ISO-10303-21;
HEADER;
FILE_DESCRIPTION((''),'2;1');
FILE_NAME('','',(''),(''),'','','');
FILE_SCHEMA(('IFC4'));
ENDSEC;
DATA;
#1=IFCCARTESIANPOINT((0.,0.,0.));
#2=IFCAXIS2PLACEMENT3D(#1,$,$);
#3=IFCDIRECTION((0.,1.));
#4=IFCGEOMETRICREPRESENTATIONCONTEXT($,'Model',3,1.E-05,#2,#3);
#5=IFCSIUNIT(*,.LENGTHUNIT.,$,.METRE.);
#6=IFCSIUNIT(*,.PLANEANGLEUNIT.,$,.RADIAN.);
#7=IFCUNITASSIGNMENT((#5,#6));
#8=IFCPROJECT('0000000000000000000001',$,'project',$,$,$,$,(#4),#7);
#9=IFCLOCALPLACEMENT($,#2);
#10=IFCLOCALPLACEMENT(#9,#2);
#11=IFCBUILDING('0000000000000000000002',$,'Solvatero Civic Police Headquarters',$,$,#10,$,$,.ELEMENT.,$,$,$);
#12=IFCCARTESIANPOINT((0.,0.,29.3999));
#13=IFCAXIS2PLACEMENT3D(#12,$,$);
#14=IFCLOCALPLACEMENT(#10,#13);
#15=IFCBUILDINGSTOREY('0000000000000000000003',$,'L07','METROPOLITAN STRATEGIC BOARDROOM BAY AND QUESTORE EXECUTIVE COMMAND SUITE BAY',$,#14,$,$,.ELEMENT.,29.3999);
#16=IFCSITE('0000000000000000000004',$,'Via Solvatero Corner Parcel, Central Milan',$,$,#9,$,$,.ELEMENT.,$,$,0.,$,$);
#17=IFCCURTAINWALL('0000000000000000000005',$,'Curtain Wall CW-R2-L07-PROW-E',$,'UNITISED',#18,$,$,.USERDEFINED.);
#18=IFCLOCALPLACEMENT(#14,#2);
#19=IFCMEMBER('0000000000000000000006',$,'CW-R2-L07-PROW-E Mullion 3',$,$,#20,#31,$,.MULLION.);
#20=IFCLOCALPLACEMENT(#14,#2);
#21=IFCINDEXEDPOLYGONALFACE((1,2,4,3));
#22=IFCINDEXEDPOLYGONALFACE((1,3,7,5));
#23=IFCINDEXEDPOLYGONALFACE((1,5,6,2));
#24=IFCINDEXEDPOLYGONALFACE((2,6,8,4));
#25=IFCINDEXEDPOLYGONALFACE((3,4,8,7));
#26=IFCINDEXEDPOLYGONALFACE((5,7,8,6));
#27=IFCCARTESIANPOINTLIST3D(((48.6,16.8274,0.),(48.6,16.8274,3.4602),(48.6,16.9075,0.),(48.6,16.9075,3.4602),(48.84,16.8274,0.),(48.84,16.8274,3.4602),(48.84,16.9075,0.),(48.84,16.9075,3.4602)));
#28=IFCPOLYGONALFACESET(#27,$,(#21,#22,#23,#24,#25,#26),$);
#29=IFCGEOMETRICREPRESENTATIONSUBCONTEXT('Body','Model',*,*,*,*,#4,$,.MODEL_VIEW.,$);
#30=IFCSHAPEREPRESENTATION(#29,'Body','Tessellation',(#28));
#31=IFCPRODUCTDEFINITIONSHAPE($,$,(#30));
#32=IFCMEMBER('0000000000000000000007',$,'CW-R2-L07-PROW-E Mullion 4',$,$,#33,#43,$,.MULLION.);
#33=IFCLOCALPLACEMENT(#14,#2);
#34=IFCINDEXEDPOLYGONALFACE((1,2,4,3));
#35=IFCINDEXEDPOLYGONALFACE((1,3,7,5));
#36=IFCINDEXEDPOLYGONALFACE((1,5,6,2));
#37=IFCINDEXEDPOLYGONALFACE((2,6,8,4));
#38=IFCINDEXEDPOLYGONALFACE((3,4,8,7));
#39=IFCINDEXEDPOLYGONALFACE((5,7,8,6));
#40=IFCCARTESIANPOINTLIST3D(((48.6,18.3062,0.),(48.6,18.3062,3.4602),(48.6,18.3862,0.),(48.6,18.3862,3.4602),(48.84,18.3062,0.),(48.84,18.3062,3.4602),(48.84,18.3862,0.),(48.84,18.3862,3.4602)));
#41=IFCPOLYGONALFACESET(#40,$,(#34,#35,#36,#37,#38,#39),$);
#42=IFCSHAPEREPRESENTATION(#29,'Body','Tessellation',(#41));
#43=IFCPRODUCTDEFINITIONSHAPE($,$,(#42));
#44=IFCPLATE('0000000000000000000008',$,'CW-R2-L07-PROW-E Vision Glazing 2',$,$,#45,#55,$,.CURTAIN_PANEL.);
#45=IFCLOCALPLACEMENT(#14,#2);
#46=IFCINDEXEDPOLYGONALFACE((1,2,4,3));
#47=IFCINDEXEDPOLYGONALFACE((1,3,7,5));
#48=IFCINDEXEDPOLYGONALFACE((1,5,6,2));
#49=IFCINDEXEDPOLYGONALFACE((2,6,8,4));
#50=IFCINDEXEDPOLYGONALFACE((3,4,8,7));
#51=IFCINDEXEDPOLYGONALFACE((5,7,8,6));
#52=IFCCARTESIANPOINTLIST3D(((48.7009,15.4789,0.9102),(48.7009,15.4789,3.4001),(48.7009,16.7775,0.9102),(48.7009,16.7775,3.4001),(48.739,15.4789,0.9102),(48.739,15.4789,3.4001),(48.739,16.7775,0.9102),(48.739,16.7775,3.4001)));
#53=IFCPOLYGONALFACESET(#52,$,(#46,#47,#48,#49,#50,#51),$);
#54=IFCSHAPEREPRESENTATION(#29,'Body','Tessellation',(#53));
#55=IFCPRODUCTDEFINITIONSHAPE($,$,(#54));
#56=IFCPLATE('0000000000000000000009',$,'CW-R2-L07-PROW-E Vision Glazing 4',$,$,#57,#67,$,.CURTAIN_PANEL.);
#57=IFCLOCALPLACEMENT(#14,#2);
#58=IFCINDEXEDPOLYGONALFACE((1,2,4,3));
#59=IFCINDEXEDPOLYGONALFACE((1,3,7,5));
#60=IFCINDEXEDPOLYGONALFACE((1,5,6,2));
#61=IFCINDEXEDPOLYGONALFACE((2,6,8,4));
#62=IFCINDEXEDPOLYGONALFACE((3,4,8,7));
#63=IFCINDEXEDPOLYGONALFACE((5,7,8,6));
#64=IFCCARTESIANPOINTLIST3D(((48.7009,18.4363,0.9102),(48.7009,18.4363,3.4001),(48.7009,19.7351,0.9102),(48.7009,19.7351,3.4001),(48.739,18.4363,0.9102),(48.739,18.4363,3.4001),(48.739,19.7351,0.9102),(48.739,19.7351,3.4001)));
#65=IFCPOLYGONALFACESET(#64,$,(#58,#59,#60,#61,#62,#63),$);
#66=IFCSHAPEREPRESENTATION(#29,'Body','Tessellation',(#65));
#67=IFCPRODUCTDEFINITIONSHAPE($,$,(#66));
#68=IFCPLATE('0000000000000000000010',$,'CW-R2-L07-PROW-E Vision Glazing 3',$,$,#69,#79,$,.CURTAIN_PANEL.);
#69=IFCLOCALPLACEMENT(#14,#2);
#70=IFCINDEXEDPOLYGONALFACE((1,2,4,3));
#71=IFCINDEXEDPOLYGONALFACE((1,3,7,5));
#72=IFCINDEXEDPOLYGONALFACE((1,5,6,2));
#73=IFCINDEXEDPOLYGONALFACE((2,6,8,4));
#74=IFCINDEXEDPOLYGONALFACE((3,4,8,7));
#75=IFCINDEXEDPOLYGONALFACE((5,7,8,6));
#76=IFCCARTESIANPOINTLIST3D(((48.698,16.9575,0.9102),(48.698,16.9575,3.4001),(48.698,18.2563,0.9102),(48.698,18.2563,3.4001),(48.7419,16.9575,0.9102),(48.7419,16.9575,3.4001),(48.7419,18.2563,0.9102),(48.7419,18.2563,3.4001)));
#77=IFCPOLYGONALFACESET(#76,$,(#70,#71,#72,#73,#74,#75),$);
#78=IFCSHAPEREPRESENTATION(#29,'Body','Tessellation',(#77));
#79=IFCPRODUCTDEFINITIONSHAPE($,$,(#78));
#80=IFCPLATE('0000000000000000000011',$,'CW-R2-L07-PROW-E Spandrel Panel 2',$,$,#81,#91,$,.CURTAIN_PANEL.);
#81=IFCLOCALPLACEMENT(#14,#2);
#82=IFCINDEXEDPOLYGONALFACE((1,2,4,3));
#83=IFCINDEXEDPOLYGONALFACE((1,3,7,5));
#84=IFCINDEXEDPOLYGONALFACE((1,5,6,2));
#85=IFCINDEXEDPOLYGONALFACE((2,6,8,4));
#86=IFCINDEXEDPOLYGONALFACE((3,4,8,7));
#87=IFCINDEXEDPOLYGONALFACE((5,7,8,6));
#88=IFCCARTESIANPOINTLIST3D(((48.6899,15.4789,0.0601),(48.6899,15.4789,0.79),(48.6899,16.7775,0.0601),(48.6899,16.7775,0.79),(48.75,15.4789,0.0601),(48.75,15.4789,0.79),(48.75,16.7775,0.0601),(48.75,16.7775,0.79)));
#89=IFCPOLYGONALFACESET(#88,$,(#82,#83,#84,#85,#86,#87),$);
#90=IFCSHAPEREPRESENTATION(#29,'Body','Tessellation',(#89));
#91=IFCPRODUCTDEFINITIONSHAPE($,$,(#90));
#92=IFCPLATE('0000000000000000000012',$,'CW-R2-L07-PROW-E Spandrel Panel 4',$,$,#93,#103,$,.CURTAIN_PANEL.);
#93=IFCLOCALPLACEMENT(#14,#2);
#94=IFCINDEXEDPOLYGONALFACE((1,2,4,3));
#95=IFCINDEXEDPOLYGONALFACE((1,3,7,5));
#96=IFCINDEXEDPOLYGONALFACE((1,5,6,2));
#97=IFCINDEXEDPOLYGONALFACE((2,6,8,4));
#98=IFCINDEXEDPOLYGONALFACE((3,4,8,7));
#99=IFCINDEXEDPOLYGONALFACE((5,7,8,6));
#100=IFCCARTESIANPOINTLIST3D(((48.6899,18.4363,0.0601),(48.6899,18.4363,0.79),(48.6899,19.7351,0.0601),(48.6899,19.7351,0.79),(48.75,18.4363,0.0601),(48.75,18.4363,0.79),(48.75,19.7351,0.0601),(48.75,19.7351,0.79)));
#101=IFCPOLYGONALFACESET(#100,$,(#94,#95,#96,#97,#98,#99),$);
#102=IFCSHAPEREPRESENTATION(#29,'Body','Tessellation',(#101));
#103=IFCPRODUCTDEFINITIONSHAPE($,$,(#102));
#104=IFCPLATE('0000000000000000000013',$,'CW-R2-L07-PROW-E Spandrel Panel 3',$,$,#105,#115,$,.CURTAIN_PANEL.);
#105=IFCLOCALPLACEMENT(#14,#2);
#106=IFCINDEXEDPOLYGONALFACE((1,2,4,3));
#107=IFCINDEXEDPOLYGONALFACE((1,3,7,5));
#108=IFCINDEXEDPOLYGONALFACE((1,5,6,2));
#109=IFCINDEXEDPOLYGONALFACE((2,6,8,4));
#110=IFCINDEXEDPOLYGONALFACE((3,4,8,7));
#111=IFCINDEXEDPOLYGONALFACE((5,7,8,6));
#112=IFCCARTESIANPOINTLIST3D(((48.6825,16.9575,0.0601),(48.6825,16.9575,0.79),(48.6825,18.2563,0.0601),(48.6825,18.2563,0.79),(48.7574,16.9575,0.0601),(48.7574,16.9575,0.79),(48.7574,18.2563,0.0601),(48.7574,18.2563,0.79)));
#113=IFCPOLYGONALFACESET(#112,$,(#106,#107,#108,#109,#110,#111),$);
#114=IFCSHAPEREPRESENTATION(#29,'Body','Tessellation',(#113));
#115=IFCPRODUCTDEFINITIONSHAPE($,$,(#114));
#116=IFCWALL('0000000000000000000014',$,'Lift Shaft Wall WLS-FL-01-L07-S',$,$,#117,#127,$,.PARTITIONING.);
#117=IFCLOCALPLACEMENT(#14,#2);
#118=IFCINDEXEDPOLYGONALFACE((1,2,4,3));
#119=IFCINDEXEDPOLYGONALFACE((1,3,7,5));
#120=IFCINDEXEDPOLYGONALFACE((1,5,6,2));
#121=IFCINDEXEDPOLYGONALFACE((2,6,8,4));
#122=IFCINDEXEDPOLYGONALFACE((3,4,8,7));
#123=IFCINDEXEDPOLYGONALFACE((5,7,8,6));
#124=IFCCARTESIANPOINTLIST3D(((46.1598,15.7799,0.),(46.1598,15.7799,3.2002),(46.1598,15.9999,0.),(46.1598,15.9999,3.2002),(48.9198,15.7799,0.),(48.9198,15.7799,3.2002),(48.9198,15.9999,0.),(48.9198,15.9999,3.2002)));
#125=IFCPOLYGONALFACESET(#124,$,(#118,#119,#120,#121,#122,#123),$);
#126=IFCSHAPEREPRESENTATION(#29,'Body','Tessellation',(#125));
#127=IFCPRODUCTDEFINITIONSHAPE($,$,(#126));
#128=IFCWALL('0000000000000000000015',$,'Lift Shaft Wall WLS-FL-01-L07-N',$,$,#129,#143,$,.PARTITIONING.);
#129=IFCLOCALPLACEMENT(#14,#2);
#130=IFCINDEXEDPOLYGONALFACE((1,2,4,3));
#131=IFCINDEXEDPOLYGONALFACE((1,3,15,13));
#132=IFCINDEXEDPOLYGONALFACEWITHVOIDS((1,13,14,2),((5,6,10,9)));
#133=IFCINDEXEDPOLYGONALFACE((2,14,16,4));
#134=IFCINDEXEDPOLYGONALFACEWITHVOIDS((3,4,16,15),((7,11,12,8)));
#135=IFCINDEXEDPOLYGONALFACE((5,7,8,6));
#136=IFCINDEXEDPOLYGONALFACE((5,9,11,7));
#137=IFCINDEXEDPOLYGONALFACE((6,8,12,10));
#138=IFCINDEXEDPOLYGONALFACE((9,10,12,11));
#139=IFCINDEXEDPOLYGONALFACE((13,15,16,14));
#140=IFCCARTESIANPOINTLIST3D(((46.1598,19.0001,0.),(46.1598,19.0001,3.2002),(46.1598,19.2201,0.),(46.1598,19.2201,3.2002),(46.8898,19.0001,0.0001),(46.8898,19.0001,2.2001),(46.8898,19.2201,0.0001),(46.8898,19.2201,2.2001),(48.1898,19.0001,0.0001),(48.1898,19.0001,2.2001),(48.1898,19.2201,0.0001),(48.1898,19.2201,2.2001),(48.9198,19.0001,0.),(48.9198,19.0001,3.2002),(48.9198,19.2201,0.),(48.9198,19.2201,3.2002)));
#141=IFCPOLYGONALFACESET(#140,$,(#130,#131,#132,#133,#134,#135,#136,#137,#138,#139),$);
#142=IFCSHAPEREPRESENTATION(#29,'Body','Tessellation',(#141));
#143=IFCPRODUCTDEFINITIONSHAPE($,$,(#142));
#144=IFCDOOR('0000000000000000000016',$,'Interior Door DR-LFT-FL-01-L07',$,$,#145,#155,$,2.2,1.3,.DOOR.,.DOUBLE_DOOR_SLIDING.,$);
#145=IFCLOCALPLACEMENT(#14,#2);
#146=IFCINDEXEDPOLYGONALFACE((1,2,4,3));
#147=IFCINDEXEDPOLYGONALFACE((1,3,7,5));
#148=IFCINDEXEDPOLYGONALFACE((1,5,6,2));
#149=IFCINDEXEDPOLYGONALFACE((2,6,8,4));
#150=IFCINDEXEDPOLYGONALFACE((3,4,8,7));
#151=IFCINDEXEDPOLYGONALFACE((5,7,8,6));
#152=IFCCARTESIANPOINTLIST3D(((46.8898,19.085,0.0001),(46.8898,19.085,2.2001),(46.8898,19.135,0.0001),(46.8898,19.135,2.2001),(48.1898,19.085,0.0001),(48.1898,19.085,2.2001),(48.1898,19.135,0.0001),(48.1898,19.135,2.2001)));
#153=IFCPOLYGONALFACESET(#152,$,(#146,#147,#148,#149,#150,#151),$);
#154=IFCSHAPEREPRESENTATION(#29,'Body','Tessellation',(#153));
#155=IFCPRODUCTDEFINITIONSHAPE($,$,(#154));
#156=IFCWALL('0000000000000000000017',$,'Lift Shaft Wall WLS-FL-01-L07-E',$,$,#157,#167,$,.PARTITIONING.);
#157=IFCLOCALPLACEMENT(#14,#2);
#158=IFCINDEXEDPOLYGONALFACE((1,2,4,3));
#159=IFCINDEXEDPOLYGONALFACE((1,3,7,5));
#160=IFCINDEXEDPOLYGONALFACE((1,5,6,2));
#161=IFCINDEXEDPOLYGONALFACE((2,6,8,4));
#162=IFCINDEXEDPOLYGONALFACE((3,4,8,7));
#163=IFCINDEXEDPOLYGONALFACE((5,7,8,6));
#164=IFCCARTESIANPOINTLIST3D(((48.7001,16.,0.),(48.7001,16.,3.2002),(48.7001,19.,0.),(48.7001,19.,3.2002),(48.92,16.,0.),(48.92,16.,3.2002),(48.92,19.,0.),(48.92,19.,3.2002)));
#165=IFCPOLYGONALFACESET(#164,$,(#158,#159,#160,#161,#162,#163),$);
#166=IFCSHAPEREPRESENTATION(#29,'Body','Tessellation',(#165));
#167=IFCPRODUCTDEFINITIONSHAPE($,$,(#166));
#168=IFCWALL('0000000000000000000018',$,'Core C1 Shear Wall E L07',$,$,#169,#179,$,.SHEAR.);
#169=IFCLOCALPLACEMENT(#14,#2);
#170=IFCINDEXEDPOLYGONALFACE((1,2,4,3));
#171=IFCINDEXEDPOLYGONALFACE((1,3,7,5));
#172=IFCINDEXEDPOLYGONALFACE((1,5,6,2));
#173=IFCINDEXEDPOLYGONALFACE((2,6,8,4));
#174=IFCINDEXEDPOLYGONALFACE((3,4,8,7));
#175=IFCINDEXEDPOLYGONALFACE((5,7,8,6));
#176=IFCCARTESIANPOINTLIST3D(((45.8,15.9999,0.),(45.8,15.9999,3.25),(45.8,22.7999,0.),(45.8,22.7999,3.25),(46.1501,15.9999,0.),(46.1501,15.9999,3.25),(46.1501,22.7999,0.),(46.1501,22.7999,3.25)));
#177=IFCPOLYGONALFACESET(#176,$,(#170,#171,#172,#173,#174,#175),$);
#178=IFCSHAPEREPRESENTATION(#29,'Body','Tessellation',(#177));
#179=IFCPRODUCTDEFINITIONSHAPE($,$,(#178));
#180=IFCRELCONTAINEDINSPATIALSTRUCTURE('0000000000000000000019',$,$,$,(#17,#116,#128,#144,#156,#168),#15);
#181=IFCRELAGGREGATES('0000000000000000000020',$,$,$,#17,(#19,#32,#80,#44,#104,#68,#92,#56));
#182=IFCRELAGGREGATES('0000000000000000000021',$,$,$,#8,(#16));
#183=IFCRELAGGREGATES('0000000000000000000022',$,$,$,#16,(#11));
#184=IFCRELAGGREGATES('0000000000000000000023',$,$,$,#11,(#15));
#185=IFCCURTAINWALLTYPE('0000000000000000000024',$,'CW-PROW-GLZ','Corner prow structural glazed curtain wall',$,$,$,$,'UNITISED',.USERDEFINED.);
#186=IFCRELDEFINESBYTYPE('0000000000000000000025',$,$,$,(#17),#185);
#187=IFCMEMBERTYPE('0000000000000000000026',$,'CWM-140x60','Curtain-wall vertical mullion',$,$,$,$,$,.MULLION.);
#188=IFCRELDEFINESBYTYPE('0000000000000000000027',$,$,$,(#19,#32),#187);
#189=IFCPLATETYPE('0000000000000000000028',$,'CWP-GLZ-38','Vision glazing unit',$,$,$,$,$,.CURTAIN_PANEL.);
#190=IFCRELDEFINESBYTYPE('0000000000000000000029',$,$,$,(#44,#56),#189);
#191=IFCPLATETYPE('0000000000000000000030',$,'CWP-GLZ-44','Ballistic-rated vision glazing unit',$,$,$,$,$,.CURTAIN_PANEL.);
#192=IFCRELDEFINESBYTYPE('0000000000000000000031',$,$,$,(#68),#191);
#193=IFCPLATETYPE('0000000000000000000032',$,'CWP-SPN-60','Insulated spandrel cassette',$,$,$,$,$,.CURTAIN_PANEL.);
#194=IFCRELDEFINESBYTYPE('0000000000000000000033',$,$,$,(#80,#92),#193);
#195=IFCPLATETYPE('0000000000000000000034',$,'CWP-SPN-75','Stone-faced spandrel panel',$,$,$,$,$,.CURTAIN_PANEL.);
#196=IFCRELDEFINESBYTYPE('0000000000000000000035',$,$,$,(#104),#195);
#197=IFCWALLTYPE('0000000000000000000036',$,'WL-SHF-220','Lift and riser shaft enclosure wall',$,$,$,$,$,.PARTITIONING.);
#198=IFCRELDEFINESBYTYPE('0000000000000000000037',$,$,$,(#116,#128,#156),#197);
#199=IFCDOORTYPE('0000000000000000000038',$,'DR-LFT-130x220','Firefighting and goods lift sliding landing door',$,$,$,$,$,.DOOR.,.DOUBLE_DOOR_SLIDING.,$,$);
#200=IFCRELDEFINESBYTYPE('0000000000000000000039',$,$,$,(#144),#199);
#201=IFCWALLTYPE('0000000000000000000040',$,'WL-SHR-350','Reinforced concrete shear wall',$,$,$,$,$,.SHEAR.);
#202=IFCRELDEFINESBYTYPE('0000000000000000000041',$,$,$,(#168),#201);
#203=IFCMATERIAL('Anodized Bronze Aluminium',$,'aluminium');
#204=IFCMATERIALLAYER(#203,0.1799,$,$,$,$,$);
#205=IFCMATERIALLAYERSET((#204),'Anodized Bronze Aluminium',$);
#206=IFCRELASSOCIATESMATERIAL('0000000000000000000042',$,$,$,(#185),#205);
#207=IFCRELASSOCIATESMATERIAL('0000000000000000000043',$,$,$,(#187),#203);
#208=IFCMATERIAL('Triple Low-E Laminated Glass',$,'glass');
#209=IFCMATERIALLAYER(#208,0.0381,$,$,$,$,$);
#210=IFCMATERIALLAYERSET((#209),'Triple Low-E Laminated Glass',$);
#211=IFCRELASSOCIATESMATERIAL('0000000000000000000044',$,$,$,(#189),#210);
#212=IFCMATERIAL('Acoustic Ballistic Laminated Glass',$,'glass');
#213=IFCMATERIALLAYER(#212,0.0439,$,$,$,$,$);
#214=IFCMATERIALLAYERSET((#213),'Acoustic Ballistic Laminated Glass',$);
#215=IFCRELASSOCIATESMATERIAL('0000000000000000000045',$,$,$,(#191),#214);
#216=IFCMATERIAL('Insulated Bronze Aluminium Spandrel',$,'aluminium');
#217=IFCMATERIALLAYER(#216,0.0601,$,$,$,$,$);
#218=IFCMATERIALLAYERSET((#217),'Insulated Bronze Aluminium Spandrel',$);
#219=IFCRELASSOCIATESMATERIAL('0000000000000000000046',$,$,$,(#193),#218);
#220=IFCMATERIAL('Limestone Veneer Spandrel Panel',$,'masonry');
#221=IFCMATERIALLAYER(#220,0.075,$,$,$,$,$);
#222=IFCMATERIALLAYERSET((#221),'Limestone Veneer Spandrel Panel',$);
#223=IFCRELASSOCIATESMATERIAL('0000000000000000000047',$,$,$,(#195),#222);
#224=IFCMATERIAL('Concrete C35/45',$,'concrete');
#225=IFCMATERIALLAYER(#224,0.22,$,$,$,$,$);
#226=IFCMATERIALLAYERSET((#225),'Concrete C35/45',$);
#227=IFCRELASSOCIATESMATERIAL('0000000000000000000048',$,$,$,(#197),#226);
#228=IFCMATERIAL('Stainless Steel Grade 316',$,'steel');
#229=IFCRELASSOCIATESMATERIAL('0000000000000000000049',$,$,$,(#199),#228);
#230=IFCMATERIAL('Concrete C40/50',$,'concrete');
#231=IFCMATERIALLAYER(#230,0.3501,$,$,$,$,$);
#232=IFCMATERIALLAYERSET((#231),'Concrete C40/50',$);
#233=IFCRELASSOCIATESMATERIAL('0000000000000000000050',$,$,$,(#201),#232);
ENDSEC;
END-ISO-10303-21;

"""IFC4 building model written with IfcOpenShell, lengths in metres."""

from ifc_helpers import new_model, si_unit, direction, frame, frame_2d, origin, origin_2d, place, context, subcontext, project, spatial, rectangle, extrude, material, layer, layer_set, material_profile, profile_set, type_object, element, fill, aggregate, save


model = new_model("IFC4")

# Units and contexts
model_context = context("Model", 3, precision=1e-05, world=origin(), true_north=direction((0.0, 1.0)))
body_context = subcontext(model_context, "Body", "Model", "MODEL_VIEW")
ifc_project = project(units=[si_unit("LENGTHUNIT", "METRE"), si_unit("PLANEANGLEUNIT", "RADIAN")], contexts=[model_context])

# Site, building, storey
site_placement = place(None, origin())
site = spatial("IfcSite", under=ifc_project, at=site_placement, Name="Via Solvatero Corner Parcel, Central Milan", CompositionType="ELEMENT", RefElevation=0.0)
building_placement = place(site_placement, origin())
building = spatial("IfcBuilding", under=site, at=building_placement, Name="Solvatero Civic Police Headquarters", CompositionType="ELEMENT")
storey_placement = place(building_placement, frame((0.0, 0.0, 29.3999)))
storey = spatial("IfcBuildingStorey", under=building, at=storey_placement, Name="L07", Description="METROPOLITAN STRATEGIC BOARDROOM BAY AND QUESTORE EXECUTIVE COMMAND SUITE BAY", CompositionType="ELEMENT", Elevation=29.3999)

# Curtain wall, members, plates
ifc_material_1 = material(Name="Anodized Bronze Aluminium", Category="aluminium")
ifc_layer_1 = layer(ifc_material_1, 0.1799)
ifc_layer_set_1 = layer_set([ifc_layer_1], Name="Anodized Bronze Aluminium")
curtain_wall_type = type_object("IfcCurtainWallType", Name="CW-PROW-GLZ", Description="Corner prow structural glazed curtain wall", ElementType="UNITISED", PredefinedType="USERDEFINED", material=ifc_layer_set_1)
curtain_wall_placement = place(storey_placement, origin())
curtain_wall = element("IfcCurtainWall", 1, at=curtain_wall_placement, inside=storey, type_object=curtain_wall_type, Name="Curtain Wall CW-R2-L07-PROW-E", ObjectType="UNITISED", PredefinedType="USERDEFINED")
ifc_material_profile = material_profile(ifc_material_1, rectangle(XDim=0.0801, YDim=0.24, at=origin_2d()), Name="ALU MULLION 80x240")
ifc_profile_set = profile_set([ifc_material_profile], Name="Anodized Bronze Aluminium")
member_type = type_object("IfcMemberType", Name="CWM-140x60", Description="Curtain-wall vertical mullion", PredefinedType="MULLION", material=ifc_profile_set)
member_1_placement = place(storey_placement, frame((48.72, 16.8674, 0.0), z_axis=(0.0, 0.0, 1.0), x_axis=(0.0, 1.0, 0.0)))
member_1 = element("IfcMember", 2, at=member_1_placement, type_object=member_type, Name="CW-R2-L07-PROW-E Mullion 3", PredefinedType="MULLION", context=body_context, shape_type="SweptSolid", body=[
    extrude(rectangle(XDim=0.0801, YDim=0.24, at=origin_2d()), origin(), (0.0, 0.0, 1.0), 3.4602),
])
member_2_placement = place(storey_placement, frame((48.72, 18.3462, 0.0), z_axis=(0.0, 0.0, 1.0), x_axis=(0.0, 1.0, 0.0)))
member_2 = element("IfcMember", 3, at=member_2_placement, type_object=member_type, Name="CW-R2-L07-PROW-E Mullion 4", PredefinedType="MULLION", context=body_context, shape_type="SweptSolid", body=[
    extrude(rectangle(XDim=0.0801, YDim=0.24, at=origin_2d()), origin(), (0.0, 0.0, 1.0), 3.4602),
])
ifc_material_2 = material(Name="Triple Low-E Laminated Glass", Category="glass")
ifc_layer_2 = layer(ifc_material_2, 0.0381)
ifc_layer_set_2 = layer_set([ifc_layer_2], Name="Triple Low-E Laminated Glass")
plate_type_1 = type_object("IfcPlateType", Name="CWP-GLZ-38", Description="Vision glazing unit", PredefinedType="CURTAIN_PANEL", material=ifc_layer_set_2)
plate_1_placement = place(storey_placement, frame((48.72, 16.1282, 0.9102), z_axis=(0.0, 0.0, 1.0), x_axis=(0.0, 1.0, 0.0)))
plate_1 = element("IfcPlate", 4, at=plate_1_placement, type_object=plate_type_1, Name="CW-R2-L07-PROW-E Vision Glazing 2", PredefinedType="CURTAIN_PANEL", context=body_context, shape_type="SweptSolid", body=[
    extrude(rectangle(XDim=1.2986, YDim=0.0381, at=origin_2d()), origin(), (0.0, 0.0, 1.0), 2.49),
])
plate_2_placement = place(storey_placement, frame((48.72, 19.0857, 0.9102), z_axis=(0.0, 0.0, 1.0), x_axis=(0.0, 1.0, 0.0)))
plate_2 = element("IfcPlate", 5, at=plate_2_placement, type_object=plate_type_1, Name="CW-R2-L07-PROW-E Vision Glazing 4", PredefinedType="CURTAIN_PANEL", context=body_context, shape_type="SweptSolid", body=[
    extrude(rectangle(XDim=1.2988, YDim=0.0381, at=origin_2d()), origin(), (0.0, 0.0, 1.0), 2.49),
])
ifc_material_3 = material(Name="Acoustic Ballistic Laminated Glass", Category="glass")
ifc_layer_3 = layer(ifc_material_3, 0.0439)
ifc_layer_set_3 = layer_set([ifc_layer_3], Name="Acoustic Ballistic Laminated Glass")
plate_type_2 = type_object("IfcPlateType", Name="CWP-GLZ-44", Description="Ballistic-rated vision glazing unit", PredefinedType="CURTAIN_PANEL", material=ifc_layer_set_3)
plate_3_placement = place(storey_placement, frame((48.72, 17.6069, 0.9102), z_axis=(0.0, 0.0, 1.0), x_axis=(0.0, 1.0, 0.0)))
plate_3 = element("IfcPlate", 6, at=plate_3_placement, type_object=plate_type_2, Name="CW-R2-L07-PROW-E Vision Glazing 3", PredefinedType="CURTAIN_PANEL", context=body_context, shape_type="SweptSolid", body=[
    extrude(rectangle(XDim=1.2988, YDim=0.0439, at=origin_2d()), origin(), (0.0, 0.0, 1.0), 2.49),
])
ifc_material_4 = material(Name="Insulated Bronze Aluminium Spandrel", Category="aluminium")
ifc_layer_4 = layer(ifc_material_4, 0.0601)
ifc_layer_set_4 = layer_set([ifc_layer_4], Name="Insulated Bronze Aluminium Spandrel")
plate_type_3 = type_object("IfcPlateType", Name="CWP-SPN-60", Description="Insulated spandrel cassette", PredefinedType="CURTAIN_PANEL", material=ifc_layer_set_4)
plate_4_placement = place(storey_placement, frame((48.72, 16.1282, 0.0601), z_axis=(0.0, 0.0, 1.0), x_axis=(0.0, 1.0, 0.0)))
plate_4 = element("IfcPlate", 7, at=plate_4_placement, type_object=plate_type_3, Name="CW-R2-L07-PROW-E Spandrel Panel 2", PredefinedType="CURTAIN_PANEL", context=body_context, shape_type="SweptSolid", body=[
    extrude(rectangle(XDim=1.2986, YDim=0.0601, at=origin_2d()), origin(), (0.0, 0.0, 1.0), 0.73),
])
plate_5_placement = place(storey_placement, frame((48.72, 19.0857, 0.0601), z_axis=(0.0, 0.0, 1.0), x_axis=(0.0, 1.0, 0.0)))
plate_5 = element("IfcPlate", 8, at=plate_5_placement, type_object=plate_type_3, Name="CW-R2-L07-PROW-E Spandrel Panel 4", PredefinedType="CURTAIN_PANEL", context=body_context, shape_type="SweptSolid", body=[
    extrude(rectangle(XDim=1.2988, YDim=0.0601, at=origin_2d()), origin(), (0.0, 0.0, 1.0), 0.73),
])
ifc_material_5 = material(Name="Limestone Veneer Spandrel Panel", Category="masonry")
ifc_layer_5 = layer(ifc_material_5, 0.075)
ifc_layer_set_5 = layer_set([ifc_layer_5], Name="Limestone Veneer Spandrel Panel")
plate_type_4 = type_object("IfcPlateType", Name="CWP-SPN-75", Description="Stone-faced spandrel panel", PredefinedType="CURTAIN_PANEL", material=ifc_layer_set_5)
plate_6_placement = place(storey_placement, frame((48.72, 17.6069, 0.0601), z_axis=(0.0, 0.0, 1.0), x_axis=(0.0, 1.0, 0.0)))
plate_6 = element("IfcPlate", 9, at=plate_6_placement, type_object=plate_type_4, Name="CW-R2-L07-PROW-E Spandrel Panel 3", PredefinedType="CURTAIN_PANEL", context=body_context, shape_type="SweptSolid", body=[
    extrude(rectangle(XDim=1.2988, YDim=0.075, at=origin_2d()), origin(), (0.0, 0.0, 1.0), 0.73),
])
aggregate(curtain_wall, [member_1, member_2, plate_4, plate_1, plate_6, plate_3, plate_5, plate_2])

# Wall
ifc_material_6 = material(Name="Concrete C35/45", Category="concrete")
ifc_layer_6 = layer(ifc_material_6, 0.22)
ifc_layer_set_6 = layer_set([ifc_layer_6], Name="Concrete C35/45")
wall_type_1 = type_object("IfcWallType", Name="WL-SHF-220", Description="Lift and riser shaft enclosure wall", PredefinedType="PARTITIONING", material=ifc_layer_set_6)
wall_1_placement = place(storey_placement, frame((46.1599, 15.8899, 0.0), z_axis=(0.0, 0.0, 1.0), x_axis=(1.0, 0.0, 0.0)))
element("IfcWall", 10, at=wall_1_placement, inside=storey, type_object=wall_type_1, Name="Lift Shaft Wall WLS-FL-01-L07-S", PredefinedType="PARTITIONING", context=body_context, shape_type="SweptSolid", body=[
    extrude(rectangle(XDim=2.76, YDim=0.22, at=frame_2d((1.3799, 0.0))), origin(), (0.0, 0.0, 1.0), 3.2002),
])

# Wall, opening, door
wall_2_placement = place(storey_placement, frame((46.1599, 19.1101, 0.0), z_axis=(0.0, 0.0, 1.0), x_axis=(1.0, 0.0, 0.0)))
wall_2 = element("IfcWall", 11, at=wall_2_placement, inside=storey, type_object=wall_type_1, Name="Lift Shaft Wall WLS-FL-01-L07-N", PredefinedType="PARTITIONING", context=body_context, shape_type="SweptSolid", body=[
    extrude(rectangle(XDim=2.76, YDim=0.22, at=frame_2d((1.3799, 0.0))), origin(), (0.0, 0.0, 1.0), 3.2002),
])
opening_placement = place(wall_2_placement, frame((0.73, 0.0, 0.0)))
opening = element("IfcOpeningElement", 12, at=opening_placement, cuts=wall_2, PredefinedType="OPENING", context=body_context, shape_type="SweptSolid", body=[
    extrude(rectangle(XDim=1.3, YDim=2.2, at=frame_2d((0.6499, 1.1001))), frame((0.0, 0.1199, 0.0), z_axis=(0.0, -1.0, 0.0), x_axis=(1.0, 0.0, 0.0)), (0.0, 0.0, 1.0), 0.24),
])
ifc_material_7 = material(Name="Stainless Steel Grade 316", Category="steel")
door_type = type_object("IfcDoorType", Name="DR-LFT-130x220", Description="Firefighting and goods lift sliding landing door", OperationType="DOUBLE_DOOR_SLIDING", PredefinedType="DOOR", material=ifc_material_7)
door_placement = place(opening_placement, origin())
door = element("IfcDoor", 13, at=door_placement, inside=storey, type_object=door_type, Name="Interior Door DR-LFT-FL-01-L07", OperationType="DOUBLE_DOOR_SLIDING", OverallHeight=2.2, OverallWidth=1.3, PredefinedType="DOOR", context=body_context, shape_type="SweptSolid", body=[
    extrude(rectangle(XDim=1.3, YDim=2.2, at=frame_2d((0.6499, 1.1001))), frame((0.0, 0.0249, 0.0), z_axis=(0.0, -1.0, 0.0), x_axis=(1.0, 0.0, 0.0)), (0.0, 0.0, 1.0), 0.05),
])
fill(opening, door)

# Walls
wall_3_placement = place(storey_placement, frame((48.8101, 16.0, 0.0), z_axis=(0.0, 0.0, 1.0), x_axis=(0.0, 1.0, 0.0)))
element("IfcWall", 14, at=wall_3_placement, inside=storey, type_object=wall_type_1, Name="Lift Shaft Wall WLS-FL-01-L07-E", PredefinedType="PARTITIONING", context=body_context, shape_type="SweptSolid", body=[
    extrude(rectangle(XDim=3.0, YDim=0.22, at=frame_2d((1.5, 0.0))), origin(), (0.0, 0.0, 1.0), 3.2002),
])
ifc_material_8 = material(Name="Concrete C40/50", Category="concrete")
ifc_layer_7 = layer(ifc_material_8, 0.3501)
ifc_layer_set_7 = layer_set([ifc_layer_7], Name="Concrete C40/50")
wall_type_2 = type_object("IfcWallType", Name="WL-SHR-350", Description="Reinforced concrete shear wall", PredefinedType="SHEAR", material=ifc_layer_set_7)
wall_4_placement = place(storey_placement, frame((45.9751, 16.0, 0.0), z_axis=(0.0, 0.0, 1.0), x_axis=(0.0, 1.0, 0.0)))
element("IfcWall", 15, at=wall_4_placement, inside=storey, type_object=wall_type_2, Name="Core C1 Shear Wall E L07", PredefinedType="SHEAR", context=body_context, shape_type="SweptSolid", body=[
    extrude(rectangle(XDim=6.8, YDim=0.3501, at=frame_2d((3.3999, 0.0))), origin(), (0.0, 0.0, 1.0), 3.25),
])

save(model, "model.ifc")
